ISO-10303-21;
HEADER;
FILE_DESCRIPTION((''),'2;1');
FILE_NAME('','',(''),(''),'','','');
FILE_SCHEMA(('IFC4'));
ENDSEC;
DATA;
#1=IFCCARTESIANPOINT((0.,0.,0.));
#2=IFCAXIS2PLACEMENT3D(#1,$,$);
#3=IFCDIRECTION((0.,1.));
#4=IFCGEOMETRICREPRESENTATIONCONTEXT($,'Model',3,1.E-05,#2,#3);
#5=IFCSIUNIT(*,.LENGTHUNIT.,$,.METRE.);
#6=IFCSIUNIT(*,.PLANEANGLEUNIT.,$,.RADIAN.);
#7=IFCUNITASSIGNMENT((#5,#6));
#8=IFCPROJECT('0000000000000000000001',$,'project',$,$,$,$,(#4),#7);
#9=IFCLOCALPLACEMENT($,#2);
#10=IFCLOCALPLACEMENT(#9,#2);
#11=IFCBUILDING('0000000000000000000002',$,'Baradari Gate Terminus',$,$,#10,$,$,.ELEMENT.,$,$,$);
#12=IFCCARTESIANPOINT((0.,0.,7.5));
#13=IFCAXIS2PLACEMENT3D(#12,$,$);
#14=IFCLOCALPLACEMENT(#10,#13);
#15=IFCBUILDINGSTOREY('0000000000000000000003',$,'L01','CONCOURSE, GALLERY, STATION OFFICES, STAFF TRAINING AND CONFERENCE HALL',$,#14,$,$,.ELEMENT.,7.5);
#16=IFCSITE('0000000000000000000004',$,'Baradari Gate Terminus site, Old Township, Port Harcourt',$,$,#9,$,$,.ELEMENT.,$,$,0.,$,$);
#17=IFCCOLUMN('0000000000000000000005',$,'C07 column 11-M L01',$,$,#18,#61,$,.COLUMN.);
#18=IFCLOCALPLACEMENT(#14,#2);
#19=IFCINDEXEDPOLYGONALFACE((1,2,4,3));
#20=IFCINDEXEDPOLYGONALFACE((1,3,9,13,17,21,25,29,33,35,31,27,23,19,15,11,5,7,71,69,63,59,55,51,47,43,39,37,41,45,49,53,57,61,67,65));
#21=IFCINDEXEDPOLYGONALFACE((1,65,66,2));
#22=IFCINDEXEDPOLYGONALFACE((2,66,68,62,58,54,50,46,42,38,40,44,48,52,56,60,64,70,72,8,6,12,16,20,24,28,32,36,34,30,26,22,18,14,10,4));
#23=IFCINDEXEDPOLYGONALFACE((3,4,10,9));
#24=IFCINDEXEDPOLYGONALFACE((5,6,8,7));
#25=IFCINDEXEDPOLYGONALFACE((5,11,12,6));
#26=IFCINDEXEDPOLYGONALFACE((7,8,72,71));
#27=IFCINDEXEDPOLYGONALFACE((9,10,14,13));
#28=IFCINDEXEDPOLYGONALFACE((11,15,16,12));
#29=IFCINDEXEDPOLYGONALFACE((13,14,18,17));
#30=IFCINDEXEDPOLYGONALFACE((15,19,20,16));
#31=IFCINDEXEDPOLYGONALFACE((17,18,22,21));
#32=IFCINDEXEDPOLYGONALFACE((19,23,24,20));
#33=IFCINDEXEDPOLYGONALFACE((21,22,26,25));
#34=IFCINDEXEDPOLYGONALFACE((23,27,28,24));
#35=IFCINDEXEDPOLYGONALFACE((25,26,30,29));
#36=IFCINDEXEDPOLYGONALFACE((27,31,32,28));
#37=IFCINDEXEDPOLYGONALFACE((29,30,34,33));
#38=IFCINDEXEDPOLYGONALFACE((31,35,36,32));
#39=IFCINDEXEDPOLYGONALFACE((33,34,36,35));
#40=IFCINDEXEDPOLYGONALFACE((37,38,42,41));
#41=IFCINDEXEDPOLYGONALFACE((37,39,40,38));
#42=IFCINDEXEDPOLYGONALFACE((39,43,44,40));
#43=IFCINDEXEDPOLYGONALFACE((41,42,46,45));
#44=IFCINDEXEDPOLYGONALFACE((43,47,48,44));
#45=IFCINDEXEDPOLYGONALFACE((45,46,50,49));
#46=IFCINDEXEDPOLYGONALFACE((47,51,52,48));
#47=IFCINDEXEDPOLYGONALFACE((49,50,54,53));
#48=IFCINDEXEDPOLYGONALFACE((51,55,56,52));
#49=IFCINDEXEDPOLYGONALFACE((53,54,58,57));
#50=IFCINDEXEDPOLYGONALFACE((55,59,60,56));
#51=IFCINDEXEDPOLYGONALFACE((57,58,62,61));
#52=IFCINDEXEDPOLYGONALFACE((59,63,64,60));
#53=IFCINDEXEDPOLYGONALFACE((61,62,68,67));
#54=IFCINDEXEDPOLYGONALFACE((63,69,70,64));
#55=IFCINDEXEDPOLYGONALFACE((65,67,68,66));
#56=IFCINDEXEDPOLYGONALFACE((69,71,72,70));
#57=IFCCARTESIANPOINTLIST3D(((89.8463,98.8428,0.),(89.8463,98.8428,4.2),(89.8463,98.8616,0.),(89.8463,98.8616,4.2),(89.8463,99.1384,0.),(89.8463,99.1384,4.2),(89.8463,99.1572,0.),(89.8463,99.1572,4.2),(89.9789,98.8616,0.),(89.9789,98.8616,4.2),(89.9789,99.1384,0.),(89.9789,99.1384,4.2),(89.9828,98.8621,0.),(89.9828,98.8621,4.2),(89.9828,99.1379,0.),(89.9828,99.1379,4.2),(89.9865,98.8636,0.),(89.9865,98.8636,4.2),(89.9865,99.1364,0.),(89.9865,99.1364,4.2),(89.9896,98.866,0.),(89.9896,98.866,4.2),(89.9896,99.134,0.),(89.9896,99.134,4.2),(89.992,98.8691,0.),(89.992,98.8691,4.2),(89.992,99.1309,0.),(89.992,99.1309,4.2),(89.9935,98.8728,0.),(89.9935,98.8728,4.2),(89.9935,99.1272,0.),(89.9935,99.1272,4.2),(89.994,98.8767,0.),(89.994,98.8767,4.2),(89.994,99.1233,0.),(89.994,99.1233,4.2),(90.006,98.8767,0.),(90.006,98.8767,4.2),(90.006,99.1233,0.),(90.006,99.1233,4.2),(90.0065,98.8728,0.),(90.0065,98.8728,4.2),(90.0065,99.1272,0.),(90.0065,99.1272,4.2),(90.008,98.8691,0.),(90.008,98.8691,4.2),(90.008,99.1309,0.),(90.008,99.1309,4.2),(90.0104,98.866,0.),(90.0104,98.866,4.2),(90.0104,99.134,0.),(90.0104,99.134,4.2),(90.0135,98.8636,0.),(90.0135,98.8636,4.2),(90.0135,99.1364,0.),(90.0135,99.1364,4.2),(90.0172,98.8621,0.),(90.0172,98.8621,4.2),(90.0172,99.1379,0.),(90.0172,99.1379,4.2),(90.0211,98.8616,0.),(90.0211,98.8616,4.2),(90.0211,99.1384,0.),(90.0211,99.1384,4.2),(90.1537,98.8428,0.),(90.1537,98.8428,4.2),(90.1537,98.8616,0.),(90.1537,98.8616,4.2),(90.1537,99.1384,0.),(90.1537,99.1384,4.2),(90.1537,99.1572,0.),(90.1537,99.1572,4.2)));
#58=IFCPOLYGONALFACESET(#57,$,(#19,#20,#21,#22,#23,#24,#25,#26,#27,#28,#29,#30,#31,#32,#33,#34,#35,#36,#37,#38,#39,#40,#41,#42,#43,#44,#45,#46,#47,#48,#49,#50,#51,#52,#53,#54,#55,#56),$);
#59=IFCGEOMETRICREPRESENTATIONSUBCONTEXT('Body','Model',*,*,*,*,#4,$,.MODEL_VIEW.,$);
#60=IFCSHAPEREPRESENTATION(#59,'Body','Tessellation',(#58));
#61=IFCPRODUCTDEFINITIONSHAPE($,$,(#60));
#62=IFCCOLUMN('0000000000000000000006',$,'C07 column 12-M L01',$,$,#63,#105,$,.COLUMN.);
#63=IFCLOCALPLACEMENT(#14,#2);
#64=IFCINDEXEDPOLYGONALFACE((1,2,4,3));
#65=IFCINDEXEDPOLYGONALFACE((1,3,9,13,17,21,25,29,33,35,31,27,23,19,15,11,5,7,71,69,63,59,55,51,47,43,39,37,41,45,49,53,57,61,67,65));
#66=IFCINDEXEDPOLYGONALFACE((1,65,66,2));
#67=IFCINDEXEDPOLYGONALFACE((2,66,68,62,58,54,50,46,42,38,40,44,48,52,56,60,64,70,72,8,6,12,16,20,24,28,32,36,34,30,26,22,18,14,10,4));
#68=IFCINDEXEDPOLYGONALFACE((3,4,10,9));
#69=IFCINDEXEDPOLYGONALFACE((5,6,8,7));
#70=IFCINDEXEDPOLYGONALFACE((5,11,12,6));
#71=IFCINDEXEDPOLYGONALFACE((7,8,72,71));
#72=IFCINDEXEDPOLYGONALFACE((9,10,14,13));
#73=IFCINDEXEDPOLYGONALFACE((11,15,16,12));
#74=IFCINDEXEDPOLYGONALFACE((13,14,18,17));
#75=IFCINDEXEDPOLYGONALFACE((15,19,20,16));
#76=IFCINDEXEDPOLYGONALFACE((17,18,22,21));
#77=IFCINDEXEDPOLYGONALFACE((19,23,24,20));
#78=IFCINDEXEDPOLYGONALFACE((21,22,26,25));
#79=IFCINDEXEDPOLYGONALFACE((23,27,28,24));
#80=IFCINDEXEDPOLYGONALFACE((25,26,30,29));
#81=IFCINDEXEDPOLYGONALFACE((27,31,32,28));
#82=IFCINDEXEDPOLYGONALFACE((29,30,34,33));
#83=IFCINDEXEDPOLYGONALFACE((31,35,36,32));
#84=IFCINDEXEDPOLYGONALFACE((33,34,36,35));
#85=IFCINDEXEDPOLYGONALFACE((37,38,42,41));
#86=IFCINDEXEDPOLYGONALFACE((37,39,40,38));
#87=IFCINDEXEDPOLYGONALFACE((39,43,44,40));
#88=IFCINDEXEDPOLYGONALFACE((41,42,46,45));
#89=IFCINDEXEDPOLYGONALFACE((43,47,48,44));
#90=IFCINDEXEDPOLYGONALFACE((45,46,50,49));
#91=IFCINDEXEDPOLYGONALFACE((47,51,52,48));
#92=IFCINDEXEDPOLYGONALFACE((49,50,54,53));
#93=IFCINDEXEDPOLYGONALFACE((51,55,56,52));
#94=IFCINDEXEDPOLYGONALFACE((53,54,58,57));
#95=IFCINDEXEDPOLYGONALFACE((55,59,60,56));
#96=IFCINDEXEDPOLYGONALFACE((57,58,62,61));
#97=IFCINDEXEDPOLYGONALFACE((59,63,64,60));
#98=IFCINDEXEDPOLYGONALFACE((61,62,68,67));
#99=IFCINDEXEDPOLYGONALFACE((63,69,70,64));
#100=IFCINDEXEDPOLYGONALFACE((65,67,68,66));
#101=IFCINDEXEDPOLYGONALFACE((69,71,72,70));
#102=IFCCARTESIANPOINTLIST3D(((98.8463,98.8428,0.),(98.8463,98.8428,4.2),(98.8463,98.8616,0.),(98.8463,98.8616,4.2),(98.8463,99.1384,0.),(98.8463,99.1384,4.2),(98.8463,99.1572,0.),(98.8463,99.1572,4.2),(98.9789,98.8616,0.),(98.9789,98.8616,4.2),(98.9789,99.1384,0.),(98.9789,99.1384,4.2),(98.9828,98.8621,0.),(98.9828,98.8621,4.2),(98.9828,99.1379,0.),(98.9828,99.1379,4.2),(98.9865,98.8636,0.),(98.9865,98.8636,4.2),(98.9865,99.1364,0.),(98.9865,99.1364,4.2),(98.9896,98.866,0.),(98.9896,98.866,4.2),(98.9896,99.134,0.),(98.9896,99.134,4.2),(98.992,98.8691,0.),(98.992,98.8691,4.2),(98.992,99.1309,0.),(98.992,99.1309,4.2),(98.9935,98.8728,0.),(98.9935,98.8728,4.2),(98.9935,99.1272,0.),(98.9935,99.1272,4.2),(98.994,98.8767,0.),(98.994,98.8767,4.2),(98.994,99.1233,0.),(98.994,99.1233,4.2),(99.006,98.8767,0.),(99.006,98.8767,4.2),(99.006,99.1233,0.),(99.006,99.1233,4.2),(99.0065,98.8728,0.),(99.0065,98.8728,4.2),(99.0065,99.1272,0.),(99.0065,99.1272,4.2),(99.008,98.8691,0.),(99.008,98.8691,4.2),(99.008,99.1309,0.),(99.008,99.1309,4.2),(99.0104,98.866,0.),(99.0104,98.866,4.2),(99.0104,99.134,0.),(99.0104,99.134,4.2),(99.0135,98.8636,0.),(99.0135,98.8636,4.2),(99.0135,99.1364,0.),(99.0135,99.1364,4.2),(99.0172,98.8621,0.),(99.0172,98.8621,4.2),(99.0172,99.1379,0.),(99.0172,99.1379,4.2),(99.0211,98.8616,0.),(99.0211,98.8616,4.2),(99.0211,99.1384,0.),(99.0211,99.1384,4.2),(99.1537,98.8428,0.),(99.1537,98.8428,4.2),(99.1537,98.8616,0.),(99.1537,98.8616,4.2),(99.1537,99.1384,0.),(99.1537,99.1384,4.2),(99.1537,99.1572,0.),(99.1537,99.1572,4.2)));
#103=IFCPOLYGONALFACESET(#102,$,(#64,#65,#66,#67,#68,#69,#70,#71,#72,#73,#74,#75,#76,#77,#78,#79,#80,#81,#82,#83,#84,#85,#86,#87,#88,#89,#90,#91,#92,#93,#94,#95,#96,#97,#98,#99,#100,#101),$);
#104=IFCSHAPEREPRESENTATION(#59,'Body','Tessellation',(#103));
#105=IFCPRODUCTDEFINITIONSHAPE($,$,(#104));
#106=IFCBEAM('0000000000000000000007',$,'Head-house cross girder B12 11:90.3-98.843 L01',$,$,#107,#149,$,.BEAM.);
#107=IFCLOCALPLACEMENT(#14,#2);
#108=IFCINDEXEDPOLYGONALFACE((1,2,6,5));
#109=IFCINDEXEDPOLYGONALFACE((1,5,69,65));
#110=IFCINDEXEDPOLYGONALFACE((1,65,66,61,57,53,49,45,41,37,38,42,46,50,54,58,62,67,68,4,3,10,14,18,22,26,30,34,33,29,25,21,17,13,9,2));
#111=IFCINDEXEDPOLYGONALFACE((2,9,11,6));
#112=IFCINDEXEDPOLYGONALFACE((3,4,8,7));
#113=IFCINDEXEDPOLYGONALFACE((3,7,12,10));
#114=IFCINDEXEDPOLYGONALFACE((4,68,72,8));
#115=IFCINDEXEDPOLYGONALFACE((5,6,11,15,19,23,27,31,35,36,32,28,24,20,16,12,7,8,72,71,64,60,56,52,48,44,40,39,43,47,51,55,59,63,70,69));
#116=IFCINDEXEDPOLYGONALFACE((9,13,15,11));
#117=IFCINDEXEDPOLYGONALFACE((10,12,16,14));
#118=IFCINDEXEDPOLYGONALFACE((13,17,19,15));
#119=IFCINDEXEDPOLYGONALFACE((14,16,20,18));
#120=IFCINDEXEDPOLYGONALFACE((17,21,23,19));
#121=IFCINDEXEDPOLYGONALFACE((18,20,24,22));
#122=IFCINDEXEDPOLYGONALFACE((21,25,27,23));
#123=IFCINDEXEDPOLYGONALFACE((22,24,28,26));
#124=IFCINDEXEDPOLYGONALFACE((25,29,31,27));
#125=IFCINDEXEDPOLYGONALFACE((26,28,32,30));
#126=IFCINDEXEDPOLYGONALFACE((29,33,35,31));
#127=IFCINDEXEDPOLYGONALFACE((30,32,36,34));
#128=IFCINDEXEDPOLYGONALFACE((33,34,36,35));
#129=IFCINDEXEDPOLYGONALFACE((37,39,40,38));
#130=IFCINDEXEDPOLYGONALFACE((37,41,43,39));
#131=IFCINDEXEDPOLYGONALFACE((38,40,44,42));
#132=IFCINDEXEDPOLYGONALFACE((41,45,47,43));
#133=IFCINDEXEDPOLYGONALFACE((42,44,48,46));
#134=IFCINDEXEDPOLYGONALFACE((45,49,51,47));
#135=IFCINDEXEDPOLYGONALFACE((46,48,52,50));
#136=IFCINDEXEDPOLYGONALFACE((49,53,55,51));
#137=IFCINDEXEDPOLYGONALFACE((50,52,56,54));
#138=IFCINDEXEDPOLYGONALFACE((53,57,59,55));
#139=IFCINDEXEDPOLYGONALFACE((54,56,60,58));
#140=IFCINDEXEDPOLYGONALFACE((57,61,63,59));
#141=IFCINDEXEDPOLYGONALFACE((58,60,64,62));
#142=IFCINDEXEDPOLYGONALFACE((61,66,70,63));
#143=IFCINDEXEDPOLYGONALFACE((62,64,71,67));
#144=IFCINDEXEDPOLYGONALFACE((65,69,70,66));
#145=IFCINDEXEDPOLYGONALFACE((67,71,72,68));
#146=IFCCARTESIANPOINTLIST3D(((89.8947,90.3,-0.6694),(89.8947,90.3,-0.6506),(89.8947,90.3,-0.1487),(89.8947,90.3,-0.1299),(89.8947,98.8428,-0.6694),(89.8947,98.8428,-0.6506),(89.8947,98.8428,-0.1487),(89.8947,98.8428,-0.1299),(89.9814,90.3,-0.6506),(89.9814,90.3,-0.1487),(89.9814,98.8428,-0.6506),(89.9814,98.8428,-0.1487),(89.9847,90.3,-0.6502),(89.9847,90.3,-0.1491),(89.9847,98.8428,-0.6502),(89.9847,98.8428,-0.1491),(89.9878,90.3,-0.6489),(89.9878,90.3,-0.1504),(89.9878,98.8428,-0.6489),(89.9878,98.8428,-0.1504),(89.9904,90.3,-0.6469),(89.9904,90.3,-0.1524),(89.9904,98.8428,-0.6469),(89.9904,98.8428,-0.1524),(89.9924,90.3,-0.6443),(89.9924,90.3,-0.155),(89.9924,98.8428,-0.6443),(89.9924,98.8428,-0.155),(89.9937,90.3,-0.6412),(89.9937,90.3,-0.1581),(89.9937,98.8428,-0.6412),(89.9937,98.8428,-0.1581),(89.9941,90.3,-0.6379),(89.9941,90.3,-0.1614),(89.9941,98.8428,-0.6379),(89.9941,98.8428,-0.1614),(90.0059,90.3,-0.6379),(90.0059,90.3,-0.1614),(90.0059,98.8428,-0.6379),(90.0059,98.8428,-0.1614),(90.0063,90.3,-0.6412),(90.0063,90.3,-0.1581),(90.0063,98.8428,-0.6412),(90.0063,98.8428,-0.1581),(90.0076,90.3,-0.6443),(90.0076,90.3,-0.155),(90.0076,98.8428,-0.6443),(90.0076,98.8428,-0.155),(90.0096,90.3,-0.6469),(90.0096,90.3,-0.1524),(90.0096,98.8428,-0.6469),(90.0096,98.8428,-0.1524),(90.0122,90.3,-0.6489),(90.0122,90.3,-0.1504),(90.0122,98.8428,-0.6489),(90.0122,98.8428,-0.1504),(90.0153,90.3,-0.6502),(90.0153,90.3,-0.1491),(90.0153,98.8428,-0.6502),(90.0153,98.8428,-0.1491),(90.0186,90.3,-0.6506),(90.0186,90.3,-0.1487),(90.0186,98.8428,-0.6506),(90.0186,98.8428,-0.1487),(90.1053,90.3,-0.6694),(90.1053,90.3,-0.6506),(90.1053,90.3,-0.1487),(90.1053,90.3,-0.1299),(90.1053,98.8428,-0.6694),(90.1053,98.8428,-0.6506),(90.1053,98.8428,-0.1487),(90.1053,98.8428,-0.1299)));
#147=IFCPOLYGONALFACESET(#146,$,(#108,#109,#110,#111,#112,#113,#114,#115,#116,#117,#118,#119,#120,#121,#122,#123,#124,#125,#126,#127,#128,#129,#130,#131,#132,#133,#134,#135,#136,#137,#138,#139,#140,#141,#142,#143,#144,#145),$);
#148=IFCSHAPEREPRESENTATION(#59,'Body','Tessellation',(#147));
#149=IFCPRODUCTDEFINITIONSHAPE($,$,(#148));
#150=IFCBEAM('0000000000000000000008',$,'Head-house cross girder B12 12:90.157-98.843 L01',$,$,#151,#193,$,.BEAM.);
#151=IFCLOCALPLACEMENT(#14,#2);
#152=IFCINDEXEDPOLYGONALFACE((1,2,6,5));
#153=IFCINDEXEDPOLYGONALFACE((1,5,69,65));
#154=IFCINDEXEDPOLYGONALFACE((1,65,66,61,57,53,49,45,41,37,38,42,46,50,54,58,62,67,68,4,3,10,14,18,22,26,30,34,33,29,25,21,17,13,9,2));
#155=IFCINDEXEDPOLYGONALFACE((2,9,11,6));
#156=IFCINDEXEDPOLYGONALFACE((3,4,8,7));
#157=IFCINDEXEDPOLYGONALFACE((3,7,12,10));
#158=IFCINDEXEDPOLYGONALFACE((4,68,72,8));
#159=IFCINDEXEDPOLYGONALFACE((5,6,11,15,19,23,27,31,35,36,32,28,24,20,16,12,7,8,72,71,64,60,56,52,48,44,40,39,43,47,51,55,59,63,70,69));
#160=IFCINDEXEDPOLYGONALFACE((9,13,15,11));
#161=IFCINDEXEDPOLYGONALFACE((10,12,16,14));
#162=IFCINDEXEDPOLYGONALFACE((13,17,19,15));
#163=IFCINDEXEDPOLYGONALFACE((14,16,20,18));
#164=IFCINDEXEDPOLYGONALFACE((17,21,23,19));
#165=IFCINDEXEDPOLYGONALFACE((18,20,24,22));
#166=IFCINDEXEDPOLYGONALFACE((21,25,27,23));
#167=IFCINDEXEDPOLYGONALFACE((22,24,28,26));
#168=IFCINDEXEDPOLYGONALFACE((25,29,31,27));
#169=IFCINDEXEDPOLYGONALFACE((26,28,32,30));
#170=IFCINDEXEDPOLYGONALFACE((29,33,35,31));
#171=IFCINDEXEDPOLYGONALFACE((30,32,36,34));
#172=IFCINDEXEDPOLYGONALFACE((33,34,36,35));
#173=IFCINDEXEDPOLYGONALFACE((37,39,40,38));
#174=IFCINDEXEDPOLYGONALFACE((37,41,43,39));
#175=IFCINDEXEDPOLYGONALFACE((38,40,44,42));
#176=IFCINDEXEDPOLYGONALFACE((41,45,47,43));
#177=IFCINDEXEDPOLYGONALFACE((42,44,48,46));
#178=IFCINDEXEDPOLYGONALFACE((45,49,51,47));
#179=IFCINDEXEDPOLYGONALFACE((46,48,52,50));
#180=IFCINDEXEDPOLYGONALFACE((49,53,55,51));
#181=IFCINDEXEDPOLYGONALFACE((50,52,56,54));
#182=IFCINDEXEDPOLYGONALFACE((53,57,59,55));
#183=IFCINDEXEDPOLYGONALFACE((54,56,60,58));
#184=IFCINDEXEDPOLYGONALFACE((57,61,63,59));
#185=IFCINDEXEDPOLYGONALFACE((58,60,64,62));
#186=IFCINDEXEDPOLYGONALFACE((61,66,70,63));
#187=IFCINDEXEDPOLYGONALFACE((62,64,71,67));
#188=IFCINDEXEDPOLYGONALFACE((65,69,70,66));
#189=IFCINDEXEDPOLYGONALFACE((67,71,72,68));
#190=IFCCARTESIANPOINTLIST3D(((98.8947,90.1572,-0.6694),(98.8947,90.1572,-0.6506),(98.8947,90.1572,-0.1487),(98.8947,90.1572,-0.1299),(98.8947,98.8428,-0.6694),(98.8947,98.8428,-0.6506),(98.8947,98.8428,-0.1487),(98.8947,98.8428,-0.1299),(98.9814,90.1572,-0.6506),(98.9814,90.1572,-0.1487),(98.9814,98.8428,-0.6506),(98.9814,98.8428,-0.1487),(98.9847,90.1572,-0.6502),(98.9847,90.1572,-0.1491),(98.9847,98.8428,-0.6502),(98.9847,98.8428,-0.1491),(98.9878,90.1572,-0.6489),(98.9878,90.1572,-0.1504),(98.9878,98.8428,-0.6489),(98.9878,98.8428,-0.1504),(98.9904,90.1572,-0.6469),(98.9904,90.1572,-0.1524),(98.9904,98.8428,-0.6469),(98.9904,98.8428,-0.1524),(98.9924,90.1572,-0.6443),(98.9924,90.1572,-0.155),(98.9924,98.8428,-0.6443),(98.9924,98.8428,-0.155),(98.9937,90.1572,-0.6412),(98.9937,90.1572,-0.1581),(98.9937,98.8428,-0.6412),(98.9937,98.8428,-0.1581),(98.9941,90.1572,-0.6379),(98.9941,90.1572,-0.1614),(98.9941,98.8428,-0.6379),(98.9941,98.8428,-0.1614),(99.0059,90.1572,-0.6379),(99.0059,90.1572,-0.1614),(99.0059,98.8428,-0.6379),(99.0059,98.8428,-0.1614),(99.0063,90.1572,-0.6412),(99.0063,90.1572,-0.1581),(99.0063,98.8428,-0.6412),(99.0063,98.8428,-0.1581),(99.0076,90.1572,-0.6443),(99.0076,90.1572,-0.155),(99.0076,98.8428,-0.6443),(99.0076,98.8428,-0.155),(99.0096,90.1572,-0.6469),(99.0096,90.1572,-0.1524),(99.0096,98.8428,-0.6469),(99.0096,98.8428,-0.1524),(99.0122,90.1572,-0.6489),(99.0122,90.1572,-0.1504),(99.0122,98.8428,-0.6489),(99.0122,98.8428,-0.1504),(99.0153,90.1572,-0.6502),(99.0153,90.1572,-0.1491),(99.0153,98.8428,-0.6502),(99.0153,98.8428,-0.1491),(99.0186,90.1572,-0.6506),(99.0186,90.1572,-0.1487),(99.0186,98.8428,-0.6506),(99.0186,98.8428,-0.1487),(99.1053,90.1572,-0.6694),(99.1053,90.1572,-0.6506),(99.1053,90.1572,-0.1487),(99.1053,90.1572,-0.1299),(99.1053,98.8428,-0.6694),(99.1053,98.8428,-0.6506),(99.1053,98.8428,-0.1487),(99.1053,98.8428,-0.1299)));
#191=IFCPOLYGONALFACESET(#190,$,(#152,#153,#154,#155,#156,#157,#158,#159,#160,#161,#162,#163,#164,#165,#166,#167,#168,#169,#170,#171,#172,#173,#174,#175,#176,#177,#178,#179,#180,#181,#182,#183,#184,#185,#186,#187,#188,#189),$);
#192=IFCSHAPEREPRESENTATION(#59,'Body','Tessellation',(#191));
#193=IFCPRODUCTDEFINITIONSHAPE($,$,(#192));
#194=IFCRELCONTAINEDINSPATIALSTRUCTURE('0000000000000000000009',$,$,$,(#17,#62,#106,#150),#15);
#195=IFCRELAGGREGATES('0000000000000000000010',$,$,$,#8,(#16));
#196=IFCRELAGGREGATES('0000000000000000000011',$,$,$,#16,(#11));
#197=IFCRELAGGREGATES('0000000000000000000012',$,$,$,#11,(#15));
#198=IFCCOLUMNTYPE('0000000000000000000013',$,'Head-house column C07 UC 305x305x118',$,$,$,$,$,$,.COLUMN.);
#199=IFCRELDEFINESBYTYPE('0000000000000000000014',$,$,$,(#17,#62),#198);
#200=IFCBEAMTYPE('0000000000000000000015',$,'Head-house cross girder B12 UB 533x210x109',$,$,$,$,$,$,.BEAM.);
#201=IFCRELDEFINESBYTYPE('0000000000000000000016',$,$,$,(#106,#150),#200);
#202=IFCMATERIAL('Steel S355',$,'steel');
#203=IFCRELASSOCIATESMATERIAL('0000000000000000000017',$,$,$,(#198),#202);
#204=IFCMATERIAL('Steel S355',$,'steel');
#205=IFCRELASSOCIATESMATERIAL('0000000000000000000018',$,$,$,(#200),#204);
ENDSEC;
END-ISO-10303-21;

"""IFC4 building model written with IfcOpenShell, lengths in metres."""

from ifc_helpers import new_model, si_unit, direction, frame, origin, origin_2d, place, context, subcontext, project, spatial, i_section, extrude, material, material_profile, profile_set, type_object, element, save


model = new_model("IFC4")

# Units and contexts
model_context = context("Model", 3, precision=1e-05, world=origin(), true_north=direction((0.0, 1.0)))
body_context = subcontext(model_context, "Body", "Model", "MODEL_VIEW")
ifc_project = project(units=[si_unit("LENGTHUNIT", "METRE"), si_unit("PLANEANGLEUNIT", "RADIAN")], contexts=[model_context])

# Site, building, storey
site_placement = place(None, origin())
site = spatial("IfcSite", under=ifc_project, at=site_placement, Name="Baradari Gate Terminus site, Old Township, Port Harcourt", CompositionType="ELEMENT", RefElevation=0.0)
building_placement = place(site_placement, origin())
building = spatial("IfcBuilding", under=site, at=building_placement, Name="Baradari Gate Terminus", CompositionType="ELEMENT")
storey_placement = place(building_placement, frame((0.0, 0.0, 7.5)))
storey = spatial("IfcBuildingStorey", under=building, at=storey_placement, Name="L01", Description="CONCOURSE, GALLERY, STATION OFFICES, STAFF TRAINING AND CONFERENCE HALL", CompositionType="ELEMENT", Elevation=7.5)

# Columns
ifc_material_1 = material(Name="Steel S355", Category="steel")
ifc_material_profile_1 = material_profile(ifc_material_1, i_section(OverallWidth=0.3074, OverallDepth=0.3145, WebThickness=0.012, FlangeThickness=0.0188, FilletRadius=0.0151, at=origin_2d()), Name="UC 305x305x118")
ifc_profile_set_1 = profile_set([ifc_material_profile_1], Name="Steel S355")
column_type = type_object("IfcColumnType", Name="Head-house column C07 UC 305x305x118", PredefinedType="COLUMN", material=ifc_profile_set_1)
for number, where, z_axis, x_axis, name in (
    (1, (90.0, 99.0, 0.0), (0.0, 0.0, 1.0), (1.0, 0.0, 0.0), "C07 column 11-M L01"),
    (2, (99.0, 99.0, 0.0), (0.0, 0.0, 1.0), (1.0, 0.0, 0.0), "C07 column 12-M L01"),
):
    element("IfcColumn", number, at=place(storey_placement, frame(where, z_axis=z_axis, x_axis=x_axis)), inside=storey, type_object=column_type, Name=name, PredefinedType="COLUMN", context=body_context, shape_type="SweptSolid", body=[
        extrude(i_section(OverallWidth=0.3074, OverallDepth=0.3145, WebThickness=0.012, FlangeThickness=0.0188, FilletRadius=0.0151, at=origin_2d()), origin(), (0.0, 0.0, 1.0), 4.2),
    ])

# Beams
ifc_material_2 = material(Name="Steel S355", Category="steel")
ifc_material_profile_2 = material_profile(ifc_material_2, i_section(OverallWidth=0.2107, OverallDepth=0.5396, WebThickness=0.0117, FlangeThickness=0.0188, FilletRadius=0.0127, at=origin_2d()), Name="UB 533x210x109")
ifc_profile_set_2 = profile_set([ifc_material_profile_2], Name="Steel S355")
beam_type_1 = type_object("IfcBeamType", Name="Head-house cross girder B12 UB 533x210x109", PredefinedType="BEAM", material=ifc_profile_set_2)
beam_1_placement = place(storey_placement, frame((90.0, 90.3, -0.3997), z_axis=(0.0, 1.0, 0.0), x_axis=(-1.0, 0.0, 0.0)))
element("IfcBeam", 3, at=beam_1_placement, inside=storey, type_object=beam_type_1, Name="Head-house cross girder B12 11:90.3-98.843 L01", PredefinedType="BEAM", context=body_context, shape_type="SweptSolid", body=[
    extrude(i_section(OverallWidth=0.2107, OverallDepth=0.5396, WebThickness=0.0117, FlangeThickness=0.0188, FilletRadius=0.0127, at=origin_2d()), origin(), (0.0, 0.0, 1.0), 8.5427),
])
beam_2_placement = place(storey_placement, frame((99.0, 90.1572, -0.3997), z_axis=(0.0, 1.0, 0.0), x_axis=(-1.0, 0.0, 0.0)))
element("IfcBeam", 4, at=beam_2_placement, inside=storey, type_object=beam_type_1, Name="Head-house cross girder B12 12:90.157-98.843 L01", PredefinedType="BEAM", context=body_context, shape_type="SweptSolid", body=[
    extrude(i_section(OverallWidth=0.2107, OverallDepth=0.5396, WebThickness=0.0117, FlangeThickness=0.0188, FilletRadius=0.0127, at=origin_2d()), origin(), (0.0, 0.0, 1.0), 8.6855),
])

save(model, "model.ifc")
